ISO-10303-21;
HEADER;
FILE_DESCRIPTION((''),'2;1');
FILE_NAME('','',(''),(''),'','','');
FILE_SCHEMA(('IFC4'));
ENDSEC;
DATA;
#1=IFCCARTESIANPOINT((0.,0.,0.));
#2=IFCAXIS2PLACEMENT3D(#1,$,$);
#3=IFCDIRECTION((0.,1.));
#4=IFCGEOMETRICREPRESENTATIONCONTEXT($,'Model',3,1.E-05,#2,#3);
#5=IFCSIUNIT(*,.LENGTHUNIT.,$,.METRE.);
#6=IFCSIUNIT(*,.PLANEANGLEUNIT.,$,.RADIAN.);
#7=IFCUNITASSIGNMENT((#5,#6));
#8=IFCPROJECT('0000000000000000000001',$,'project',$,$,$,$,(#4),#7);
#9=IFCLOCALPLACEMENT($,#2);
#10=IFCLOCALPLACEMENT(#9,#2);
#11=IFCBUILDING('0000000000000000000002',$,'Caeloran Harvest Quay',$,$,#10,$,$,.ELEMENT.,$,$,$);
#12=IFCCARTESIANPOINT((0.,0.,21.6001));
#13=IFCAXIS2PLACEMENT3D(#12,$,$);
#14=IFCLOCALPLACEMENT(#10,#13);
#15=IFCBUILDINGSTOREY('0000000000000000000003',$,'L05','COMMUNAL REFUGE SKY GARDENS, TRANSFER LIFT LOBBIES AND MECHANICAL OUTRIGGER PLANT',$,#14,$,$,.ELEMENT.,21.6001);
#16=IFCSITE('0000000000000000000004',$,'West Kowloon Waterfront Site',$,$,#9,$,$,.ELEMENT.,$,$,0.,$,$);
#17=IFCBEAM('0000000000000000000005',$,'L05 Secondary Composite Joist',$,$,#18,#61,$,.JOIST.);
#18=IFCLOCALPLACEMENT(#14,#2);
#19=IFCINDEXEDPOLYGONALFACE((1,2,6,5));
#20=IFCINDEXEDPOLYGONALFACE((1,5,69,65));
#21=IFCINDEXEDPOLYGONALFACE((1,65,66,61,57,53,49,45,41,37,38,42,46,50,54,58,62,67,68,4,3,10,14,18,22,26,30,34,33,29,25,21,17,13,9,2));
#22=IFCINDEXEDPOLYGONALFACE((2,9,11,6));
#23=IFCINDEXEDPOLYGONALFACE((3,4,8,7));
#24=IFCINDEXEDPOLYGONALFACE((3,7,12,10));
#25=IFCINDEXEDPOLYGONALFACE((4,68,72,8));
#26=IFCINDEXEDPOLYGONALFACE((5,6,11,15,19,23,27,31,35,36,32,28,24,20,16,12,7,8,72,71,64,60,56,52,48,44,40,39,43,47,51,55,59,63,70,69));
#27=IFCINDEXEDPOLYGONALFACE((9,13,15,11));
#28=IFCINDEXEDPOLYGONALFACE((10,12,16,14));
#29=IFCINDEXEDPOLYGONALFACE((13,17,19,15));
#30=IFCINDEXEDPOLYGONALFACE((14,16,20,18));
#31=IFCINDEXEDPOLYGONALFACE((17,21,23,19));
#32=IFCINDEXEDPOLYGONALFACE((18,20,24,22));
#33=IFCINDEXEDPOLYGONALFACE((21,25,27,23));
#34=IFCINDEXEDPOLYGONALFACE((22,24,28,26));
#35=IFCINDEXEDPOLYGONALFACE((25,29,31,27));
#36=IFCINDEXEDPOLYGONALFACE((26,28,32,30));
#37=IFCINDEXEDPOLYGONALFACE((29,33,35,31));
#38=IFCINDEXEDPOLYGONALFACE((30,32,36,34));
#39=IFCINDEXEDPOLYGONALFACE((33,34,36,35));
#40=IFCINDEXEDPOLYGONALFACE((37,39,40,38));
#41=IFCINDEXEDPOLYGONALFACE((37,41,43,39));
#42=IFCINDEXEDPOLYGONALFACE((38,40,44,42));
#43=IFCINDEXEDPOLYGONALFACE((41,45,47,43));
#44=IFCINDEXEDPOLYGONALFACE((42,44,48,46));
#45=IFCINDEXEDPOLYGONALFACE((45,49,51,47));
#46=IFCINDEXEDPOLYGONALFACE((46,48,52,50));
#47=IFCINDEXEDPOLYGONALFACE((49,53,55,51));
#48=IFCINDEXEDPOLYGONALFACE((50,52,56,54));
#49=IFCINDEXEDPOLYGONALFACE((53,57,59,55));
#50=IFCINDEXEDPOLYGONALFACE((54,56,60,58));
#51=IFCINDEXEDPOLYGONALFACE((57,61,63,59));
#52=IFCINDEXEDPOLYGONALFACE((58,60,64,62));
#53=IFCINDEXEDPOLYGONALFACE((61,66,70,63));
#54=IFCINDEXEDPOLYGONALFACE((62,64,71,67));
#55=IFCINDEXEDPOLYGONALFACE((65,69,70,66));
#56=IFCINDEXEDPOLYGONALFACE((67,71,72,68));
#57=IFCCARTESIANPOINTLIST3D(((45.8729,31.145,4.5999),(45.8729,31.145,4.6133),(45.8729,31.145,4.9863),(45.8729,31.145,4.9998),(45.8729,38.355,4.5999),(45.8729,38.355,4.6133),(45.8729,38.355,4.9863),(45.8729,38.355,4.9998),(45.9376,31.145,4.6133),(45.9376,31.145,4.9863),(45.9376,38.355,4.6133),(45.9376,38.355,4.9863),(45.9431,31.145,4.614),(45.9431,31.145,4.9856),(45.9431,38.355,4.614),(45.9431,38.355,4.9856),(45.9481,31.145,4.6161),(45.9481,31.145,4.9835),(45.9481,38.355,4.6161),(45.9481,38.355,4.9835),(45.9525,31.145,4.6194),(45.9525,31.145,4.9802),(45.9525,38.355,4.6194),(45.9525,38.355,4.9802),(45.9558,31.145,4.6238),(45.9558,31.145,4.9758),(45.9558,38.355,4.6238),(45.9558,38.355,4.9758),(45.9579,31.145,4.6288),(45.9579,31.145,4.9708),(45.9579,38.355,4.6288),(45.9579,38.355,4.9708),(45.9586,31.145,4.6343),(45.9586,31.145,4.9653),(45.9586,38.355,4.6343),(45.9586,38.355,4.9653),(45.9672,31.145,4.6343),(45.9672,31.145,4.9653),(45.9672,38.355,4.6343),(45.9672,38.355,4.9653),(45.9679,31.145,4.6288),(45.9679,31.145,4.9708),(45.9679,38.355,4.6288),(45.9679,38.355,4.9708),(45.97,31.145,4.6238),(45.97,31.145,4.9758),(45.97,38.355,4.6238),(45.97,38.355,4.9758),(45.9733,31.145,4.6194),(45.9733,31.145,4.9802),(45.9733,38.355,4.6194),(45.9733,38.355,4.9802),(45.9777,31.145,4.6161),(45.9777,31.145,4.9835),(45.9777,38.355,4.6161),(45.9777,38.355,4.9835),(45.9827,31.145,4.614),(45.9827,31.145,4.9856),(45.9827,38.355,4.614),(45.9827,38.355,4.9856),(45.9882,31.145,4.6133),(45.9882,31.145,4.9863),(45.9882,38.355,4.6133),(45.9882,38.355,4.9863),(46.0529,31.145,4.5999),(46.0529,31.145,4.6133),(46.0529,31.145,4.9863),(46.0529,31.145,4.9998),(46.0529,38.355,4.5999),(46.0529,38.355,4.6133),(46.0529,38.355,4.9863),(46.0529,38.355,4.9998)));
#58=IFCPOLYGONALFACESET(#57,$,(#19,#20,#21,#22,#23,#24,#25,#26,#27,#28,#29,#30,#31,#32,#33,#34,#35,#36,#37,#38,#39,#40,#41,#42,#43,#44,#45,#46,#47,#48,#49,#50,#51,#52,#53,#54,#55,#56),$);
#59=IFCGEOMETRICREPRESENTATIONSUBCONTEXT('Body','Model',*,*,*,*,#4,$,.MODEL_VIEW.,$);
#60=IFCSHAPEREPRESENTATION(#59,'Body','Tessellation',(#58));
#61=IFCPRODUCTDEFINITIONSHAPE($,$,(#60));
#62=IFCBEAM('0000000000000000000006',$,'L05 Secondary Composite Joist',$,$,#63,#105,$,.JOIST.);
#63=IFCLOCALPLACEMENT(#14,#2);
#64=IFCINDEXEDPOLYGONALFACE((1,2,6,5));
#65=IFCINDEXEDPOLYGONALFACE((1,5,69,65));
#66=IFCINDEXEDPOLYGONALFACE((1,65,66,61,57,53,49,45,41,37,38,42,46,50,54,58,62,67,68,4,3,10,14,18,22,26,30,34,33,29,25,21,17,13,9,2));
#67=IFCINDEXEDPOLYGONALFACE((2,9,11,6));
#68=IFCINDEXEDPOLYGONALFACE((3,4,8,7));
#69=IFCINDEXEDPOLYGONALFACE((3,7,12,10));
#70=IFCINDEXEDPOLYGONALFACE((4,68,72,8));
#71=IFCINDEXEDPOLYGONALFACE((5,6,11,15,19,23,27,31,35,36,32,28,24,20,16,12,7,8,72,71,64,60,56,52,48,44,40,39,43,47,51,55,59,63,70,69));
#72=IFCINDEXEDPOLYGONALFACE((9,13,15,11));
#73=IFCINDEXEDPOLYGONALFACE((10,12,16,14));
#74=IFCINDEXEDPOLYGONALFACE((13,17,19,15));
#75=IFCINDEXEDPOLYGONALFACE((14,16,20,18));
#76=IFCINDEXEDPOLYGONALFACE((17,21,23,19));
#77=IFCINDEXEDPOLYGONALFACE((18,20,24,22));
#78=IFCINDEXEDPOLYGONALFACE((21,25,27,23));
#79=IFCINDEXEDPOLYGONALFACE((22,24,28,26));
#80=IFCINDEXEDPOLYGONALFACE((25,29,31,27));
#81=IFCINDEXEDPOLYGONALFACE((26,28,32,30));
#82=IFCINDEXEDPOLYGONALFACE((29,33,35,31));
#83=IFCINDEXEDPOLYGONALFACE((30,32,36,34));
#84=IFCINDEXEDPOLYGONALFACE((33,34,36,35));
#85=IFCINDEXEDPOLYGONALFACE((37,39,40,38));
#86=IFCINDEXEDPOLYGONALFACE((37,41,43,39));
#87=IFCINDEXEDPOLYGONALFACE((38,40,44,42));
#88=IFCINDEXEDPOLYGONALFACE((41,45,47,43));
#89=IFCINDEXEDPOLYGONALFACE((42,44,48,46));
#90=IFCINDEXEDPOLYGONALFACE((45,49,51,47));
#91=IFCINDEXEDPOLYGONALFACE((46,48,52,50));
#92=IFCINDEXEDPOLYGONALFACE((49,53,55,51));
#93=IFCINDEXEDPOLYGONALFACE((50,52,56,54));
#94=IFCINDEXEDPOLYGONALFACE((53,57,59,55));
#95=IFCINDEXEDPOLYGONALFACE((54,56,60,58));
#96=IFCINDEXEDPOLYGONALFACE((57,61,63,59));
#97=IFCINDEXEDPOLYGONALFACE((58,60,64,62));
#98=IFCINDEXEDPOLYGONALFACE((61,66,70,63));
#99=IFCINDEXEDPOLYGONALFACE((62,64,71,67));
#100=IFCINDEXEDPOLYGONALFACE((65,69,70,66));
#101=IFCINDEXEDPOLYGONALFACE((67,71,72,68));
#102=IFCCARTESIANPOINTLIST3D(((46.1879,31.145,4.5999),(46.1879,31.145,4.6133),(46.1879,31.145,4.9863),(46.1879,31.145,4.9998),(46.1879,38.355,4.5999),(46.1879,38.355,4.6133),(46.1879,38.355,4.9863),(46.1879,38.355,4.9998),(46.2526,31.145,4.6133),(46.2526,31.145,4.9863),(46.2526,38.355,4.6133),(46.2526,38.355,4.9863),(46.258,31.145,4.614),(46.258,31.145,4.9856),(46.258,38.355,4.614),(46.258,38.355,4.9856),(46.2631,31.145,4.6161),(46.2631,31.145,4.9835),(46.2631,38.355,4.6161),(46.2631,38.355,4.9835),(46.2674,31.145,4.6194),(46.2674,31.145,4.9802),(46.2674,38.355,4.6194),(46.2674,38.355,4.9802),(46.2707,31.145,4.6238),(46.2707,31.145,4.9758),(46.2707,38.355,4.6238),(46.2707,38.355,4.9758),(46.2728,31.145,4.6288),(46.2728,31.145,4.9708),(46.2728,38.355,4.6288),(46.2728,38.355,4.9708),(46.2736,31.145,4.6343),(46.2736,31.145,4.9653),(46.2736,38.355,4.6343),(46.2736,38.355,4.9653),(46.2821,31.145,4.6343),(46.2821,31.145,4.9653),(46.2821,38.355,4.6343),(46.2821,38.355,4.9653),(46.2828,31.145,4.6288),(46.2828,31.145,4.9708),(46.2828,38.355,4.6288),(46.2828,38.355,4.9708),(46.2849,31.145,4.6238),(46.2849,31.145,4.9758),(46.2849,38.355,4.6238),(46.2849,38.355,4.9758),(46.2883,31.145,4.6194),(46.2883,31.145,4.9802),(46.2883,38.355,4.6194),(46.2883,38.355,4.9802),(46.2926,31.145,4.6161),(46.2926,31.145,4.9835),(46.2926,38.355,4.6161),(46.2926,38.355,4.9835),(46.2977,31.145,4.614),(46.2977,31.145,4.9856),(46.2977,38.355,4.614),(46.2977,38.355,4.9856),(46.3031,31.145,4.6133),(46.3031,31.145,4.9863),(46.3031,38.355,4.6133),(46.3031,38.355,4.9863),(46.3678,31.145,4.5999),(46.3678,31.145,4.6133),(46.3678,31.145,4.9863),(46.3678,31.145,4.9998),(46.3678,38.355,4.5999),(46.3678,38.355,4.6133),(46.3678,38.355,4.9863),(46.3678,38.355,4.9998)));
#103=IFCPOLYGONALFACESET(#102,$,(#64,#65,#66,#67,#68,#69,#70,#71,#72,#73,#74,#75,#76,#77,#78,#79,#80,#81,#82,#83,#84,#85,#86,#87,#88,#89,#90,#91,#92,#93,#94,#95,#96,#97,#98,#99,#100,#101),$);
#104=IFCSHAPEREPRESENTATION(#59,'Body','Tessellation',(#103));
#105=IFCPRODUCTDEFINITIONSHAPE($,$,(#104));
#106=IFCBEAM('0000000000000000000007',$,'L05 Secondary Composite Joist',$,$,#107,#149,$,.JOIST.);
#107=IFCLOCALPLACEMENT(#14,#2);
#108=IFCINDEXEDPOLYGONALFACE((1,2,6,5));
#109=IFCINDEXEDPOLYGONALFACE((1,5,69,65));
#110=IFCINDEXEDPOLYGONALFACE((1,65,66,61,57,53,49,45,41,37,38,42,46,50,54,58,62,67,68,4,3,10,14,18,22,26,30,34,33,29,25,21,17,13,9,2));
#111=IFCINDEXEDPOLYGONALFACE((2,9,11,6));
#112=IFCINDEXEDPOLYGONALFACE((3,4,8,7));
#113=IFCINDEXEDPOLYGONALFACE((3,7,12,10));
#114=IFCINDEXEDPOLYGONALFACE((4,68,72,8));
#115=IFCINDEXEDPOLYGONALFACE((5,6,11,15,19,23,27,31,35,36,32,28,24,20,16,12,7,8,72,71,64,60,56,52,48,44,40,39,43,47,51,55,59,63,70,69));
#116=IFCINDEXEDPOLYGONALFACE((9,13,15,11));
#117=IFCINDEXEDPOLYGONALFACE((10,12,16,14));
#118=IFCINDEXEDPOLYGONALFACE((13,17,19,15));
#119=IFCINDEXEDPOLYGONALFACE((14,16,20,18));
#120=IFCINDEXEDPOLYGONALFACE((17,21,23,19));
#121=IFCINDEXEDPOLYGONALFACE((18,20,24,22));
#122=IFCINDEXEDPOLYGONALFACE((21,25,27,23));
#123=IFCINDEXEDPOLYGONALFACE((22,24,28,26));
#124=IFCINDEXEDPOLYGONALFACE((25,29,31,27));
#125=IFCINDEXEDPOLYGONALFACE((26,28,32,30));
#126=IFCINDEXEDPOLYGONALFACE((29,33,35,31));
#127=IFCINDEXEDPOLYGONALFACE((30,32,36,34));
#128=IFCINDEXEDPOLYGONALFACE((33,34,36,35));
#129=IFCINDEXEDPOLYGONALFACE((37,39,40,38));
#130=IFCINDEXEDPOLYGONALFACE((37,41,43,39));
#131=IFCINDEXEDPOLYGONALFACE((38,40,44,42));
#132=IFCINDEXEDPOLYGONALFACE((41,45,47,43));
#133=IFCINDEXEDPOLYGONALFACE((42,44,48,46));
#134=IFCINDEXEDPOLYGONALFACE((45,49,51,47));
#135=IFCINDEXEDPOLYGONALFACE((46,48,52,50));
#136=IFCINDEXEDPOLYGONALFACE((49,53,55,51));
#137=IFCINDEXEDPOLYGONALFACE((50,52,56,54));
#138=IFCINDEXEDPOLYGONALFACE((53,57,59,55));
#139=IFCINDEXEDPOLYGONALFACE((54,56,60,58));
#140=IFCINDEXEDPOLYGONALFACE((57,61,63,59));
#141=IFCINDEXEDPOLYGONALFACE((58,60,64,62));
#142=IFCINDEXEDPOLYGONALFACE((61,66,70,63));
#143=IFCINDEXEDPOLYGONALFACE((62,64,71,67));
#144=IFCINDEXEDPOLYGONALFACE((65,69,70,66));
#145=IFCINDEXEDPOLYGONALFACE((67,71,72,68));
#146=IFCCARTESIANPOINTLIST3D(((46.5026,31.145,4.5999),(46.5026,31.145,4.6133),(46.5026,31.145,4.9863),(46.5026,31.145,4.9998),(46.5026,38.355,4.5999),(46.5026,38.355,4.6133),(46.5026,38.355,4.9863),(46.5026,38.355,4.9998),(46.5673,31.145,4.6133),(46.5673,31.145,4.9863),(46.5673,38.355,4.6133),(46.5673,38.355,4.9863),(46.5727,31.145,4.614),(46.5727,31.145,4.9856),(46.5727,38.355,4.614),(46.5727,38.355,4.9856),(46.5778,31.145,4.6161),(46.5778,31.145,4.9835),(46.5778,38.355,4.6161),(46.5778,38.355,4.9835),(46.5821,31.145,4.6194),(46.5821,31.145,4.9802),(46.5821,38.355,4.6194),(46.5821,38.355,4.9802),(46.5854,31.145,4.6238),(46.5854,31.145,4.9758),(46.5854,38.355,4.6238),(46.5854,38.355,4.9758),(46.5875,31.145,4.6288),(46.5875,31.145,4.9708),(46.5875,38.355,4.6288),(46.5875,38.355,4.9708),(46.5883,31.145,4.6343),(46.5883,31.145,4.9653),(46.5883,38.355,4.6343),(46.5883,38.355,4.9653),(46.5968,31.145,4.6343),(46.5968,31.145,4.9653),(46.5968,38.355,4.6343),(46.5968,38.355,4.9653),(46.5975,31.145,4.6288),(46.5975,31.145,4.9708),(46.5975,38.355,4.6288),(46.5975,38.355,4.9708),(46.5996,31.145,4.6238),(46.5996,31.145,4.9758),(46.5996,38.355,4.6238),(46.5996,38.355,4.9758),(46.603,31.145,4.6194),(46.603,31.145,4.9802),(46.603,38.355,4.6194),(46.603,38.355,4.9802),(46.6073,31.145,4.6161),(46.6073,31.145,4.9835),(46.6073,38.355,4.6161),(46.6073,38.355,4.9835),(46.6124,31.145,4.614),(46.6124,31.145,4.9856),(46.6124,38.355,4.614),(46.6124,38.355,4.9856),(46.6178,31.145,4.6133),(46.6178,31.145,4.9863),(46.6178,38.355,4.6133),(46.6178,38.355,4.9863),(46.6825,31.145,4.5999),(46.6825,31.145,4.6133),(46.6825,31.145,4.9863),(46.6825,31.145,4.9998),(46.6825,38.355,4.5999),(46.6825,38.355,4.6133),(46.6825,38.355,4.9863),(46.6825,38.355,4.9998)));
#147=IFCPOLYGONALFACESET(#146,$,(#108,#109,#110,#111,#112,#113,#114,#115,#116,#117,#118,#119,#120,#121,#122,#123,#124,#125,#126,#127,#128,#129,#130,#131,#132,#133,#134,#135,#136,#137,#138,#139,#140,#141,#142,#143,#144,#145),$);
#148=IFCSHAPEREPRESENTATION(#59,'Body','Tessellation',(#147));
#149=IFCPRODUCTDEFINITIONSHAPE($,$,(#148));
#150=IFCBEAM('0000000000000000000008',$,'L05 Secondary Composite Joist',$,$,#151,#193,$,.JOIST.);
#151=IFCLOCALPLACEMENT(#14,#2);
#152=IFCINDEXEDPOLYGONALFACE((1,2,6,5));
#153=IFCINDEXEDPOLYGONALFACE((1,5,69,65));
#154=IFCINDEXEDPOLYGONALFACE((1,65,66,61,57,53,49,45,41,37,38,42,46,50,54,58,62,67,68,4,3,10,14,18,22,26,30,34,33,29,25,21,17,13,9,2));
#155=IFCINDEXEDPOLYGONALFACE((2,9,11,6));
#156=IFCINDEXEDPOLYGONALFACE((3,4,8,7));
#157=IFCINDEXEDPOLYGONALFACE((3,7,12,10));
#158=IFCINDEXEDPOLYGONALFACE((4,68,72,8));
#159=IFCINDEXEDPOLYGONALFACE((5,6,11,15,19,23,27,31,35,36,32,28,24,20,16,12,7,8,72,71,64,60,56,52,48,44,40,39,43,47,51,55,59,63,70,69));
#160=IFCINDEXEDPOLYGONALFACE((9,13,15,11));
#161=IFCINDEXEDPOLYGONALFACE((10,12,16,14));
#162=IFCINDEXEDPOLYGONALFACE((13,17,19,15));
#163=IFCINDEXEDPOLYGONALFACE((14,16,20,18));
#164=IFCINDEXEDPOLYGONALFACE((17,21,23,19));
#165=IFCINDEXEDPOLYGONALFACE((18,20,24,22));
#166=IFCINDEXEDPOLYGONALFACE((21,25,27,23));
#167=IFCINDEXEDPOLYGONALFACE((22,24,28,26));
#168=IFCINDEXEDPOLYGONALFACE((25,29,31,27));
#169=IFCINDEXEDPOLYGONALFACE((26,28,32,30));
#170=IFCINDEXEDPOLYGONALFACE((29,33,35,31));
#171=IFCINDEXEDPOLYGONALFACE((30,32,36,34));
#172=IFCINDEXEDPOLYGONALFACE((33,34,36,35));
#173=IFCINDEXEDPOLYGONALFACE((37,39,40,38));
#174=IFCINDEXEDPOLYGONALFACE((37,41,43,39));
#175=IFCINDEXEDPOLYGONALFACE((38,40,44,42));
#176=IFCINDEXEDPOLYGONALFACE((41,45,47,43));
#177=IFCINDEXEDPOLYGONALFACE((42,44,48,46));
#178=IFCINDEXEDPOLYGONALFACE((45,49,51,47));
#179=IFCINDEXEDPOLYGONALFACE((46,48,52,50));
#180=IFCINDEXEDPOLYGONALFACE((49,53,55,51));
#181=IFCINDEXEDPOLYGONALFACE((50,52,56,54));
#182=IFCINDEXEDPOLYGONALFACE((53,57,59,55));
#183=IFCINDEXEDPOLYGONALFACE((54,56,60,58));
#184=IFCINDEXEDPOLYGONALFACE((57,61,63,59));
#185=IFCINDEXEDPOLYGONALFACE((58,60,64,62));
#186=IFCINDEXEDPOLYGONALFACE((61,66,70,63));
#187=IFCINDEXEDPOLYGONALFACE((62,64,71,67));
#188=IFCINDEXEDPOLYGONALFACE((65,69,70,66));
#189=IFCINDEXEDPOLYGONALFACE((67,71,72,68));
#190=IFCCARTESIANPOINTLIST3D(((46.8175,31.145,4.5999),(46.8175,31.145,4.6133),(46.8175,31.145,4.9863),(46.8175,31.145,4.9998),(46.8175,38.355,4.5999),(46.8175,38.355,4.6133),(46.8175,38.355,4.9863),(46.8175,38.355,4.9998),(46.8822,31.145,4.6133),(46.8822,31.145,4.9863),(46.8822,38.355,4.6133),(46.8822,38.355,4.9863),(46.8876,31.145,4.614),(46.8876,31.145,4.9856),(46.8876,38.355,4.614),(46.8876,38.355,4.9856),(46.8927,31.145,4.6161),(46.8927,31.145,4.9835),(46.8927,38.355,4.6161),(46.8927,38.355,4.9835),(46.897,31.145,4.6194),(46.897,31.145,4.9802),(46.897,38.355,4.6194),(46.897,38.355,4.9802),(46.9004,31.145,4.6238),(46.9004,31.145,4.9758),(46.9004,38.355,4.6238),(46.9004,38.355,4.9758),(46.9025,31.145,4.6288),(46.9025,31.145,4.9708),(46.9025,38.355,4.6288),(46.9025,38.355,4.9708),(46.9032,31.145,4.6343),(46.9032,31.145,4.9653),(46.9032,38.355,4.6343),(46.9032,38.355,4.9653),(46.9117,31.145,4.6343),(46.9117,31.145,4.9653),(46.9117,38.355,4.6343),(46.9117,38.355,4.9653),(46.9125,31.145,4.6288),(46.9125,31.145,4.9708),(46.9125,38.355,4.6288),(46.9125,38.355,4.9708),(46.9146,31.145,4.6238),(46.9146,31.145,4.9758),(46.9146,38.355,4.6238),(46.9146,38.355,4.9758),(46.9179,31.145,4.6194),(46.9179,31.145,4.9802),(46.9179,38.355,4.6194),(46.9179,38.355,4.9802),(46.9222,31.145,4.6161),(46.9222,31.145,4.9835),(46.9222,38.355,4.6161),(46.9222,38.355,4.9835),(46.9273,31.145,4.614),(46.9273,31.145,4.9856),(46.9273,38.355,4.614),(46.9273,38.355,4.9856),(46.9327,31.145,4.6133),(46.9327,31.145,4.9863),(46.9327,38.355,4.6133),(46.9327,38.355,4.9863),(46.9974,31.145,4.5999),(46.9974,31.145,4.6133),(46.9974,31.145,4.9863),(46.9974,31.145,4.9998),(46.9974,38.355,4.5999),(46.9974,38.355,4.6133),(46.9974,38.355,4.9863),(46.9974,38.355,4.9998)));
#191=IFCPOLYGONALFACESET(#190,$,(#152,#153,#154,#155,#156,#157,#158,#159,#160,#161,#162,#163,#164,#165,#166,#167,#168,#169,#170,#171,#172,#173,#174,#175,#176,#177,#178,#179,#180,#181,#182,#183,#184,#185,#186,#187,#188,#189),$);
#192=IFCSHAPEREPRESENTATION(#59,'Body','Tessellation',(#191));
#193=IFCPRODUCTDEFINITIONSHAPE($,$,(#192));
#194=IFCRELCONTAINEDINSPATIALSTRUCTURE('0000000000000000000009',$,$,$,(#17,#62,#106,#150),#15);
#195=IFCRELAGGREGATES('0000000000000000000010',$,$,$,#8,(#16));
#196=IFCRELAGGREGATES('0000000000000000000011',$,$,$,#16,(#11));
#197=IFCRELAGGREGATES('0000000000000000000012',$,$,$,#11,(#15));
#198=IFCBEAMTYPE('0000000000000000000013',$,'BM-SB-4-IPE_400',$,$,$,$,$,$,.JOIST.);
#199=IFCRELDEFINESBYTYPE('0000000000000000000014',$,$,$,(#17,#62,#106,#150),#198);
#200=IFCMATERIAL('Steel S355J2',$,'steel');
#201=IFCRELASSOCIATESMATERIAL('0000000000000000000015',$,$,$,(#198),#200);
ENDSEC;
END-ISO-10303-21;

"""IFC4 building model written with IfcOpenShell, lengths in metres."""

from ifc_helpers import new_model, si_unit, direction, frame, origin, origin_2d, place, context, subcontext, project, spatial, i_section, extrude, material, material_profile, profile_set, type_object, element, save


model = new_model("IFC4")

# Units and contexts
model_context = context("Model", 3, precision=1e-05, world=origin(), true_north=direction((0.0, 1.0)))
body_context = subcontext(model_context, "Body", "Model", "MODEL_VIEW")
ifc_project = project(units=[si_unit("LENGTHUNIT", "METRE"), si_unit("PLANEANGLEUNIT", "RADIAN")], contexts=[model_context])

# Site, building, storey
site_placement = place(None, origin())
site = spatial("IfcSite", under=ifc_project, at=site_placement, Name="West Kowloon Waterfront Site", CompositionType="ELEMENT", RefElevation=0.0)
building_placement = place(site_placement, origin())
building = spatial("IfcBuilding", under=site, at=building_placement, Name="Caeloran Harvest Quay", CompositionType="ELEMENT")
storey_placement = place(building_placement, frame((0.0, 0.0, 21.6001)))
storey = spatial("IfcBuildingStorey", under=building, at=storey_placement, Name="L05", Description="COMMUNAL REFUGE SKY GARDENS, TRANSFER LIFT LOBBIES AND MECHANICAL OUTRIGGER PLANT", CompositionType="ELEMENT", Elevation=21.6001)

# Beams
ifc_material_1 = material(Name="Steel S355J2", Category="steel")
ifc_material_profile_1 = material_profile(ifc_material_1, i_section(OverallWidth=0.1799, OverallDepth=0.3999, WebThickness=0.0085, FlangeThickness=0.0134, FilletRadius=0.021, at=origin_2d()), Name="IPE 400")
ifc_profile_set_1 = profile_set([ifc_material_profile_1], Name="Steel S355J2")
beam_type_1 = type_object("IfcBeamType", Name="BM-SB-4-IPE_400", PredefinedType="JOIST", material=ifc_profile_set_1)
for number, where, z_axis, x_axis, name in (
    (1, (45.9629, 31.145, 4.7998), (0.0, 1.0, 0.0), (-1.0, 0.0, 0.0), "L05 Secondary Composite Joist"),
    (2, (46.2778, 31.145, 4.7998), (0.0, 1.0, 0.0), (-1.0, 0.0, 0.0), "L05 Secondary Composite Joist"),
    (3, (46.5925, 31.145, 4.7998), (0.0, 1.0, 0.0), (-1.0, 0.0, 0.0), "L05 Secondary Composite Joist"),
    (4, (46.9075, 31.145, 4.7998), (0.0, 1.0, 0.0), (-1.0, 0.0, 0.0), "L05 Secondary Composite Joist"),
):
    element("IfcBeam", number, at=place(storey_placement, frame(where, z_axis=z_axis, x_axis=x_axis)), inside=storey, type_object=beam_type_1, Name=name, PredefinedType="JOIST", context=body_context, shape_type="SweptSolid", body=[
        extrude(i_section(OverallWidth=0.1799, OverallDepth=0.3999, WebThickness=0.0085, FlangeThickness=0.0134, FilletRadius=0.021, at=origin_2d()), origin(), (0.0, 0.0, 1.0), 7.21),
    ])

save(model, "model.ifc")
